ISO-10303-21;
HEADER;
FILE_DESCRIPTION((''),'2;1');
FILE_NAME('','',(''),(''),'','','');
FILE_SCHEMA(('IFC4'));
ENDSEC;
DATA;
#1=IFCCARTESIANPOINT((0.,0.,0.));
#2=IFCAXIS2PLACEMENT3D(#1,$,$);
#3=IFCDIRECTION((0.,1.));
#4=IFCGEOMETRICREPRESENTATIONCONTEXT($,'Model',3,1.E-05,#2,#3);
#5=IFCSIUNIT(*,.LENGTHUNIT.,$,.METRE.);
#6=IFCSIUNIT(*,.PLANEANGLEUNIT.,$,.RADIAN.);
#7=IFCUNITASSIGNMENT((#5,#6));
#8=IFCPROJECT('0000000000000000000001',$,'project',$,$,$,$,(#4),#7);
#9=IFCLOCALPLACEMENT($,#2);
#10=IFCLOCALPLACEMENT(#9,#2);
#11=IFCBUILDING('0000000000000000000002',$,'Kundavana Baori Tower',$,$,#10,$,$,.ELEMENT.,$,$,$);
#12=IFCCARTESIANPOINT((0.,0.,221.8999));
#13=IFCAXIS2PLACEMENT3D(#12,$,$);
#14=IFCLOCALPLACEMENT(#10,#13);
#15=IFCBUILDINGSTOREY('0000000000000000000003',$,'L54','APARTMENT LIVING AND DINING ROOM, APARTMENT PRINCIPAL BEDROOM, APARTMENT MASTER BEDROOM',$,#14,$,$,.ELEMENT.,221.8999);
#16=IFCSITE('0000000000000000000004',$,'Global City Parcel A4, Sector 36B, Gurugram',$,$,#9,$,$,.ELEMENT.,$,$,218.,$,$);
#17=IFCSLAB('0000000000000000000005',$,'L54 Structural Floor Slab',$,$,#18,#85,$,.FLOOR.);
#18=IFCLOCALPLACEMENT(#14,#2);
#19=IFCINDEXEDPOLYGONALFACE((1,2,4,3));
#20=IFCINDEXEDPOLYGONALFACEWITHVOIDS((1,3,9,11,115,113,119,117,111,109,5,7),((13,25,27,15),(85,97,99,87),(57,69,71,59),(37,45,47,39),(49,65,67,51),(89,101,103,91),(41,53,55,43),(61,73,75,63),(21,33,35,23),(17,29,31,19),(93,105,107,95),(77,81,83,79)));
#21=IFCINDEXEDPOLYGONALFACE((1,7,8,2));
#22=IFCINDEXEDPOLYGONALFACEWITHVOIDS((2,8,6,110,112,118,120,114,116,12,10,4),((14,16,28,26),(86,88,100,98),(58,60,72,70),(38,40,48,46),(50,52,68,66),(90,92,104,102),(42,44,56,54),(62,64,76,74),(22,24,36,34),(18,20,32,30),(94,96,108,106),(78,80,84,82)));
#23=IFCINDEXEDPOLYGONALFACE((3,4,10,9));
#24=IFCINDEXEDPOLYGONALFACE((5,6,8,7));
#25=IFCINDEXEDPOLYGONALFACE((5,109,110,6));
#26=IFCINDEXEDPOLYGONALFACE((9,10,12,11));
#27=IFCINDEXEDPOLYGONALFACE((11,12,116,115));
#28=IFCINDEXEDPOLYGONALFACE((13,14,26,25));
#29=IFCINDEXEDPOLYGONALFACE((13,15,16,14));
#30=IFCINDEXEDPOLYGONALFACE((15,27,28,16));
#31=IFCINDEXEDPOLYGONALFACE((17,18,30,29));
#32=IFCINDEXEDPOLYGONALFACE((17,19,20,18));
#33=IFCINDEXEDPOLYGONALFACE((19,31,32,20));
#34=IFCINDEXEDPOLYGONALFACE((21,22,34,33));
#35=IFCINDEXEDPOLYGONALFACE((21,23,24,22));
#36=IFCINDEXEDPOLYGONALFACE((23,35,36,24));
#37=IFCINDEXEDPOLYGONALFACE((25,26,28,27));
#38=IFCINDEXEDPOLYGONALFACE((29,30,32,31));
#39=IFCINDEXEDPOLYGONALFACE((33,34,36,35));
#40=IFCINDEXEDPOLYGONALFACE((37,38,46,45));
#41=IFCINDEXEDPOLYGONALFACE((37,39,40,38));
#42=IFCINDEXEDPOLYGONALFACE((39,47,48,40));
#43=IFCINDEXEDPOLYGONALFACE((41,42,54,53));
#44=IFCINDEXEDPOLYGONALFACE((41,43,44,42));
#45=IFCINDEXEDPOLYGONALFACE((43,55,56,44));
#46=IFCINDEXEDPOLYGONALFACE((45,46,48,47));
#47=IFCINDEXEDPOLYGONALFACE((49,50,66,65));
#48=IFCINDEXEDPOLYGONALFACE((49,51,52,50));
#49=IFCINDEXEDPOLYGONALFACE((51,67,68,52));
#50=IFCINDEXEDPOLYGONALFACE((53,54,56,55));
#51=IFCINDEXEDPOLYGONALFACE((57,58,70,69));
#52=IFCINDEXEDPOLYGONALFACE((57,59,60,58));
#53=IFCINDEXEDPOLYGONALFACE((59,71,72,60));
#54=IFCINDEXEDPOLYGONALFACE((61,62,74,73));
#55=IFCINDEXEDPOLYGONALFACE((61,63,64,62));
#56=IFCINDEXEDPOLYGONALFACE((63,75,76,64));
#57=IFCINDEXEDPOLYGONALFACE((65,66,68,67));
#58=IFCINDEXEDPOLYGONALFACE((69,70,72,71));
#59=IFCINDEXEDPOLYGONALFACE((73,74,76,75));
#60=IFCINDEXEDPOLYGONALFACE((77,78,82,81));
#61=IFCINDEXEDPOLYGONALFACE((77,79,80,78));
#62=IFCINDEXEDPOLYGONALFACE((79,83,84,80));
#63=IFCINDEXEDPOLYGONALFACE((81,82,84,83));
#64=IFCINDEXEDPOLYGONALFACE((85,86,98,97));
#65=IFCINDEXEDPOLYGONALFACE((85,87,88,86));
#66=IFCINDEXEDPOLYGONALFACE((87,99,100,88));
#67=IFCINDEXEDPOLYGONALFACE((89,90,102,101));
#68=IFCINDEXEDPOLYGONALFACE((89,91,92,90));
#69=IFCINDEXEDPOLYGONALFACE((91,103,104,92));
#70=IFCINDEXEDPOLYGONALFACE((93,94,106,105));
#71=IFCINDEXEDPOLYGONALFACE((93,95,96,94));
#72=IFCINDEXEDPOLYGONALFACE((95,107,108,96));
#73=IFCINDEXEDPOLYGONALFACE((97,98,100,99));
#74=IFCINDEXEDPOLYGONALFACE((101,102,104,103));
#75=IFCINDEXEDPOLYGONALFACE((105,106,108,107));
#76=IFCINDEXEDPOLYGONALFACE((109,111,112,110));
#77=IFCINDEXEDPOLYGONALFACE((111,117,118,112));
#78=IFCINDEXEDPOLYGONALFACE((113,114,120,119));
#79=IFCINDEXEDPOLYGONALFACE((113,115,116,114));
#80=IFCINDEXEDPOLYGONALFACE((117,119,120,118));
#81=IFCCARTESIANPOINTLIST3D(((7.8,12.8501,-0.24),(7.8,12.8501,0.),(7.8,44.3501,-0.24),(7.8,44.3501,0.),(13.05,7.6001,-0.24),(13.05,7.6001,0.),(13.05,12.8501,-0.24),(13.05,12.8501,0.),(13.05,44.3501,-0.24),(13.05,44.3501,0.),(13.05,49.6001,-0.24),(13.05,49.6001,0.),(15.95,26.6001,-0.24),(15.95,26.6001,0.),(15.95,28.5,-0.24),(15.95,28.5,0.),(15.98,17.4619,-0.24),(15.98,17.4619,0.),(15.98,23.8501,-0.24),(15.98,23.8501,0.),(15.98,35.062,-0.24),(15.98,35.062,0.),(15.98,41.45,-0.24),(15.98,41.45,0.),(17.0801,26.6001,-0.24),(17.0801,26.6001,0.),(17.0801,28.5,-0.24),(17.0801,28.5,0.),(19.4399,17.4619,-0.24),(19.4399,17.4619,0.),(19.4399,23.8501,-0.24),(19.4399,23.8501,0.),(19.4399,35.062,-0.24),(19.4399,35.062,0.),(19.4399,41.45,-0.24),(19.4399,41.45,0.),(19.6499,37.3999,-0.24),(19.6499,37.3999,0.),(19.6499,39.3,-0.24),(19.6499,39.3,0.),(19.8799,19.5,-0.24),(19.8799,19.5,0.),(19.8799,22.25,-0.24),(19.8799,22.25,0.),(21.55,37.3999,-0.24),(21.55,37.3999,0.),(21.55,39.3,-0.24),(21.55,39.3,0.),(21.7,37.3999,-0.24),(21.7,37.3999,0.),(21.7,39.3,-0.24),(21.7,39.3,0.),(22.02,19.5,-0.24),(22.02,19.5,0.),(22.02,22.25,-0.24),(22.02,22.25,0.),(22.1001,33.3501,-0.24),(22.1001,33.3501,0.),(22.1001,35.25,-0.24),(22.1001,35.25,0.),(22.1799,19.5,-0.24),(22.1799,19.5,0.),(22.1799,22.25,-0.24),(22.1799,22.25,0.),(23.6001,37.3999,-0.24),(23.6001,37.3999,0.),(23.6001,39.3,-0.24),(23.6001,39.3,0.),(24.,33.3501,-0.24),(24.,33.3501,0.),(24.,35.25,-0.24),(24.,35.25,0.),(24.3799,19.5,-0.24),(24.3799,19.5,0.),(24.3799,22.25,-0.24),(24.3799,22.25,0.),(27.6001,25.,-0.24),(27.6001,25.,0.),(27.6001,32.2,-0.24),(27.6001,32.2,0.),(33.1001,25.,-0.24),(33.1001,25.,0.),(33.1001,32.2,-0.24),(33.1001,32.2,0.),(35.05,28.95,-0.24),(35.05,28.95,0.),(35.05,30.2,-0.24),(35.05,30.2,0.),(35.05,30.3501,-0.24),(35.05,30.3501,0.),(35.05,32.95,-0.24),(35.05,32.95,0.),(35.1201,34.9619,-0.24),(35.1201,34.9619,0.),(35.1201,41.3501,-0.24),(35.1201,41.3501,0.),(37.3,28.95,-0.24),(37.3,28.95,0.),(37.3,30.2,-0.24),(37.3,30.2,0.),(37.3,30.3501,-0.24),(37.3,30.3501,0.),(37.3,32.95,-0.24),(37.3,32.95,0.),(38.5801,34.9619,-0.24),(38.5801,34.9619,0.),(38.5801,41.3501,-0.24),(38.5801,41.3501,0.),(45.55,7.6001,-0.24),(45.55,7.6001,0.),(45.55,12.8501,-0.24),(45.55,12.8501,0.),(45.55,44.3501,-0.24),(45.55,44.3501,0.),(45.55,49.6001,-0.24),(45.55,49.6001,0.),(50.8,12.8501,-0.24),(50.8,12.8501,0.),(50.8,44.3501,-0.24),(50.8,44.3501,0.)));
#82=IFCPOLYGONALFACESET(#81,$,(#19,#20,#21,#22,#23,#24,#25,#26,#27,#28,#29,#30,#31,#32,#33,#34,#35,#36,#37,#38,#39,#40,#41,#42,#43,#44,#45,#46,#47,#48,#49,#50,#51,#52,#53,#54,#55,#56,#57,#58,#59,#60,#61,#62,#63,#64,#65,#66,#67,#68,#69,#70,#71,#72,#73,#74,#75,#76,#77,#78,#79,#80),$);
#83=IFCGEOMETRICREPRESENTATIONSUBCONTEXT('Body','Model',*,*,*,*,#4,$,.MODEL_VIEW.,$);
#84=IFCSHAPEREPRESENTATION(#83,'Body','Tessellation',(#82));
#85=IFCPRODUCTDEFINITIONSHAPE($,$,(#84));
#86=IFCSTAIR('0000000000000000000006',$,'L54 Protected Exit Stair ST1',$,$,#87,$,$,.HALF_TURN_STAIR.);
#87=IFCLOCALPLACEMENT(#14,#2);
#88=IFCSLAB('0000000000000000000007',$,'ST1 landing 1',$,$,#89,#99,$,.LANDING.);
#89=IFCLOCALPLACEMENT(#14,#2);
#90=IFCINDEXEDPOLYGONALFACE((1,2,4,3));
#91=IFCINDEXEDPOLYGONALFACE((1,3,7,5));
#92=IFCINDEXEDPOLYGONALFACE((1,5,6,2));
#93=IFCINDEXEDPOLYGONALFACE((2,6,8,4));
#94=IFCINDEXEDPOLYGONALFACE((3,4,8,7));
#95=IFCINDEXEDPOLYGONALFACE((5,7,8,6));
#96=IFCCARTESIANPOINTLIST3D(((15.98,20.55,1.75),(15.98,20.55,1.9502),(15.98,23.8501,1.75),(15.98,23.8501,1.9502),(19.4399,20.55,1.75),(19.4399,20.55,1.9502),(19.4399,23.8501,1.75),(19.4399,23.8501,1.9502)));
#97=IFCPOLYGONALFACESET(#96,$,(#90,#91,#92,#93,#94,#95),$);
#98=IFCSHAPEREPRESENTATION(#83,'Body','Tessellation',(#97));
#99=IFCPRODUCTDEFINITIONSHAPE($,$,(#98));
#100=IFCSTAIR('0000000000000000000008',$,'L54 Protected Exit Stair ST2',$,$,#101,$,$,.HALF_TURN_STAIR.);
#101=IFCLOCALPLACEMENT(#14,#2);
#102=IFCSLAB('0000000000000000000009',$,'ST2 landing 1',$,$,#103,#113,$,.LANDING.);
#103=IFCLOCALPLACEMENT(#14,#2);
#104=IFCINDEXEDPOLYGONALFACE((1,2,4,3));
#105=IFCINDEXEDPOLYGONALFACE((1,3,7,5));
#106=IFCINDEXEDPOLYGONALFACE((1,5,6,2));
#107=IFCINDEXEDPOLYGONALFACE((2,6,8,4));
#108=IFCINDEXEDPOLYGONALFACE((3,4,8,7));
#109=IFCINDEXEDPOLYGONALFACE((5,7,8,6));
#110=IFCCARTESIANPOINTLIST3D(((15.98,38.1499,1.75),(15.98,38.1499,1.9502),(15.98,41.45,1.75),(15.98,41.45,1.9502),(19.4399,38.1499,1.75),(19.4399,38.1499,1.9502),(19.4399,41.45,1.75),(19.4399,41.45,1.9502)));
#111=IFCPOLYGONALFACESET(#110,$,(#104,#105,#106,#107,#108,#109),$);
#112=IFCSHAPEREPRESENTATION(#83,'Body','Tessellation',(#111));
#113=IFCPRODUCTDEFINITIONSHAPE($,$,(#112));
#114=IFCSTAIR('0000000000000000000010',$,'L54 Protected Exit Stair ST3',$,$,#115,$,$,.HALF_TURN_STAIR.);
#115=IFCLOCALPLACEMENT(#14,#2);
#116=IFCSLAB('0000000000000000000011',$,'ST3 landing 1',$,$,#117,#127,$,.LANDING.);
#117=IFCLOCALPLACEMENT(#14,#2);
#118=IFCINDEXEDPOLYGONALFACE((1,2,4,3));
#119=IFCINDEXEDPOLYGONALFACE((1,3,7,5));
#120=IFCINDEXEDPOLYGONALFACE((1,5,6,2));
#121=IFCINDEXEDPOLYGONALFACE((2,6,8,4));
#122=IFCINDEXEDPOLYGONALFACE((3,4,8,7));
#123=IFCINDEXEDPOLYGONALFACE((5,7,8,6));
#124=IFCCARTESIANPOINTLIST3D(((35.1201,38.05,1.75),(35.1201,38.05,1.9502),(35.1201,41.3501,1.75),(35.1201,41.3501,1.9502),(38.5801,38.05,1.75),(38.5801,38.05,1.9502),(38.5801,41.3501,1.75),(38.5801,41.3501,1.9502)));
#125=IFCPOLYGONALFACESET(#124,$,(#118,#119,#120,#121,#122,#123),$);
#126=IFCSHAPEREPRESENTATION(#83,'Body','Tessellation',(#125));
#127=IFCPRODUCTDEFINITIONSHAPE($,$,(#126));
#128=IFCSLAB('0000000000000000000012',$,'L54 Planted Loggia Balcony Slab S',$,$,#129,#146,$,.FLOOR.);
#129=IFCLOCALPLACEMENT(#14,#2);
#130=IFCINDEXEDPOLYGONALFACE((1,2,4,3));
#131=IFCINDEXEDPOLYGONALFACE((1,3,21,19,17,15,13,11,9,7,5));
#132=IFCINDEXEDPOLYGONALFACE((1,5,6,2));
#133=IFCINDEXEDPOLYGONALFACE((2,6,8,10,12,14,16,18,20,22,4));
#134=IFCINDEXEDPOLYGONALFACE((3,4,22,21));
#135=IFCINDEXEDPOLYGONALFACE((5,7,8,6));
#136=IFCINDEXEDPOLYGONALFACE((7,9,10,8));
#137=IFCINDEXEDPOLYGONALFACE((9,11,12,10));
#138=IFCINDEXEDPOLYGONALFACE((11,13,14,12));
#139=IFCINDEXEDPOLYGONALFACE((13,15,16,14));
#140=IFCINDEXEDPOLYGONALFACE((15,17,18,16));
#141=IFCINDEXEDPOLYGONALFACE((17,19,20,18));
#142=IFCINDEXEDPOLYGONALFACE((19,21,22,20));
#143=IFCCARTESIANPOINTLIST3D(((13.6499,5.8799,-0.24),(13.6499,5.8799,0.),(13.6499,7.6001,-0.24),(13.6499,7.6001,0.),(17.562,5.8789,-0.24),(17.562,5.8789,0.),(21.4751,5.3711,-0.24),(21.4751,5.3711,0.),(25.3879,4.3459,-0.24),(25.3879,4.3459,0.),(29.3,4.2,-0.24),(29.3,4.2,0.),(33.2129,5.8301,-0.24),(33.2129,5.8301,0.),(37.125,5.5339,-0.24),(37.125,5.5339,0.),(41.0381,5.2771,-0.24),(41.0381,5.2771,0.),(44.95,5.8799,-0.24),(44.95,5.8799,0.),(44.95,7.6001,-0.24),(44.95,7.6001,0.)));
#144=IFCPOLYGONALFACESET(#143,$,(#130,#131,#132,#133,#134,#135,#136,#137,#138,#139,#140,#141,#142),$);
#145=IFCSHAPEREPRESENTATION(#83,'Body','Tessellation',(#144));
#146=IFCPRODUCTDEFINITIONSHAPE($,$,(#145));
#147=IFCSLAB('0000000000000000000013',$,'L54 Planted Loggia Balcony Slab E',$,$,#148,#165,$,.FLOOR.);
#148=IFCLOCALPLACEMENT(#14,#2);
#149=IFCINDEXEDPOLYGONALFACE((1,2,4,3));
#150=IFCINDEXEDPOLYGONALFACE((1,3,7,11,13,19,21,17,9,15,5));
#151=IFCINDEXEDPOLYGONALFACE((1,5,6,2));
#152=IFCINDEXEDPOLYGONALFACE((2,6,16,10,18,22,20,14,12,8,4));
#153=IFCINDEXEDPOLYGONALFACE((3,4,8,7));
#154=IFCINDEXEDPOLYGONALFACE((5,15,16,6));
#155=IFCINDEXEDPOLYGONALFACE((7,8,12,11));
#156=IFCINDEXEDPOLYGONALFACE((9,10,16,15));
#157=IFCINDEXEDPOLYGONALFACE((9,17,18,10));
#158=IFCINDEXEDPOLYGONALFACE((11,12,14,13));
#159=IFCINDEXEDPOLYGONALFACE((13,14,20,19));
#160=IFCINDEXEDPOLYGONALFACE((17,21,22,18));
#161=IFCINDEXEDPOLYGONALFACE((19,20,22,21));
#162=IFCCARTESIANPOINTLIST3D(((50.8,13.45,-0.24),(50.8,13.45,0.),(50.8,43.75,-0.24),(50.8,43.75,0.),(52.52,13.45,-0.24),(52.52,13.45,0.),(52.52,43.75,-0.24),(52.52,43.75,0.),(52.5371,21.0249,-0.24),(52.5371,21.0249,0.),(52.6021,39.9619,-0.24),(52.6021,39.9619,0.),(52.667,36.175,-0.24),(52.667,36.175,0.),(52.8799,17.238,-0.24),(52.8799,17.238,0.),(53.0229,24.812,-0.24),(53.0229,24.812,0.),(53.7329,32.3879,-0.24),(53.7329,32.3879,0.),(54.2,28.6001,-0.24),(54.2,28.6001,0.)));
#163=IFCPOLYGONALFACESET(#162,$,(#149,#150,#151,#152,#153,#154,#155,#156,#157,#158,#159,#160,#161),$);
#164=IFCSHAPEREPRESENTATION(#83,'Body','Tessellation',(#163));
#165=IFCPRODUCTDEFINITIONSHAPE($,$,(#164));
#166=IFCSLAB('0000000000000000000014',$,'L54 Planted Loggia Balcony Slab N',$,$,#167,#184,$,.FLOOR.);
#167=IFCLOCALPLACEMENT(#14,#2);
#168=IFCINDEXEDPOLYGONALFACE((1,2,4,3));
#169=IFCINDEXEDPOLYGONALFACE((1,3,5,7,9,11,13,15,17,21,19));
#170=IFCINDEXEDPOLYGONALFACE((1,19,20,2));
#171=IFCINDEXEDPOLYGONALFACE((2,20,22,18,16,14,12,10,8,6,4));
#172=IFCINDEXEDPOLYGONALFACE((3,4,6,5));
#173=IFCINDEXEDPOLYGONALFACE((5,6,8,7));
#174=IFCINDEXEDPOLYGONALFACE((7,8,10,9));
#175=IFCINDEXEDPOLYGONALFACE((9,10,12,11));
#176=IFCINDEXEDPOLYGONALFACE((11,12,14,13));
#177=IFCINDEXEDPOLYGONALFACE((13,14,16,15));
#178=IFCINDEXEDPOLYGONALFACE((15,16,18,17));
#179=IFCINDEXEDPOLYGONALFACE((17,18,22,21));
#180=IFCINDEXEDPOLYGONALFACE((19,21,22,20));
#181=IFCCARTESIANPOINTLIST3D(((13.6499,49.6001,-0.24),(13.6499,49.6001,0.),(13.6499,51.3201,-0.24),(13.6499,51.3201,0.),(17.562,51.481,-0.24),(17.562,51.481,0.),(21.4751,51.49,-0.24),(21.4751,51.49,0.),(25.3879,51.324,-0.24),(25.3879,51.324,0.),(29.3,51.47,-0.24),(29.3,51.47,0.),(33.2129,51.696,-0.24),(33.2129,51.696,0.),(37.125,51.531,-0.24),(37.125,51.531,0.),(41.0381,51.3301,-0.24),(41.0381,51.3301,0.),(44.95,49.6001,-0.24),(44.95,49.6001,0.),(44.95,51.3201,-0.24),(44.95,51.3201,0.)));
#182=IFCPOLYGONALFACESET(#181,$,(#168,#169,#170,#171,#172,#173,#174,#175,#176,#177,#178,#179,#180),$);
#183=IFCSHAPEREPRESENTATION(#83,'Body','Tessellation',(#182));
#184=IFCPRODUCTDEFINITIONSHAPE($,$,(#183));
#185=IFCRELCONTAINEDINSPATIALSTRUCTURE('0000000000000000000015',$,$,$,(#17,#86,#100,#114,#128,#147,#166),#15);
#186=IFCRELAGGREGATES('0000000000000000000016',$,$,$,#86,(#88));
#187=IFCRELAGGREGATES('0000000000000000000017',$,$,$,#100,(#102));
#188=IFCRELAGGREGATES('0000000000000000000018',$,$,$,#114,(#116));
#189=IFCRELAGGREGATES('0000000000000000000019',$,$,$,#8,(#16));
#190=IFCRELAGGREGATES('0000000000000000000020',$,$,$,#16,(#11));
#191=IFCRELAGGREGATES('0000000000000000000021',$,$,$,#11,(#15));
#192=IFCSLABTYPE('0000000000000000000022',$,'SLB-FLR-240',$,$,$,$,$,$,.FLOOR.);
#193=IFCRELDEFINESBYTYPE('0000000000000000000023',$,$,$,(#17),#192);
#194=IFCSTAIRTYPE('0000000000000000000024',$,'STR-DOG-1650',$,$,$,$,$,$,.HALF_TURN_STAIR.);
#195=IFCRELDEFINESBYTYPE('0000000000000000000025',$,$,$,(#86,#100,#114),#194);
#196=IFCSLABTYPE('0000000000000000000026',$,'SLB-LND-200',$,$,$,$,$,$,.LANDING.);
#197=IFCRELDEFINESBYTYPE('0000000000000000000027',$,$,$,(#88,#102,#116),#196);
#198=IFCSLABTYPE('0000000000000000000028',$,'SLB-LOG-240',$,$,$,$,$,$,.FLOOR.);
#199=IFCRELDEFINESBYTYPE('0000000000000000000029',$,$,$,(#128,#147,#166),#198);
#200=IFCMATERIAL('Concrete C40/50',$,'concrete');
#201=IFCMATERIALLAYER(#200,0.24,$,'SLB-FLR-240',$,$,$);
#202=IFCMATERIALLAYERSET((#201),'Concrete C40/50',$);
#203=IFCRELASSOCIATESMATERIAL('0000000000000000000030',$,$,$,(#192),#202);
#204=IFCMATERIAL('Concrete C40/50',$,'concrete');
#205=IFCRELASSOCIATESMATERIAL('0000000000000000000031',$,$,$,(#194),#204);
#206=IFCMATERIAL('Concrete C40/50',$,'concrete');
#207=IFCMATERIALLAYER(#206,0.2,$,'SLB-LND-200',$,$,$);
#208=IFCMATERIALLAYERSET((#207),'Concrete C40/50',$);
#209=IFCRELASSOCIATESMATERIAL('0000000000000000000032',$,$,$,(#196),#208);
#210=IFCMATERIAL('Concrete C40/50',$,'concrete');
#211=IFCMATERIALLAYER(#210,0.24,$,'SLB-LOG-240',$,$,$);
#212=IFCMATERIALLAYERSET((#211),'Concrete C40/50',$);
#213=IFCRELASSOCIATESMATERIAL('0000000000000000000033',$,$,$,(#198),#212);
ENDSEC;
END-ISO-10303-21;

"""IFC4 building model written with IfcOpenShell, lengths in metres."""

from ifc_helpers import new_model, si_unit, direction, frame, origin, place, context, subcontext, project, spatial, polyline, outline, extrude, material, layer, layer_set, type_object, element, aggregate, save


model = new_model("IFC4")

# Units and contexts
model_context = context("Model", 3, precision=1e-05, world=origin(), true_north=direction((0.0, 1.0)))
body_context = subcontext(model_context, "Body", "Model", "MODEL_VIEW")
ifc_project = project(units=[si_unit("LENGTHUNIT", "METRE"), si_unit("PLANEANGLEUNIT", "RADIAN")], contexts=[model_context])

# Site, building, storey
site_placement = place(None, origin())
site = spatial("IfcSite", under=ifc_project, at=site_placement, Name="Global City Parcel A4, Sector 36B, Gurugram", CompositionType="ELEMENT", RefElevation=218.0)
building_placement = place(site_placement, origin())
building = spatial("IfcBuilding", under=site, at=building_placement, Name="Kundavana Baori Tower", CompositionType="ELEMENT")
storey_placement = place(building_placement, frame((0.0, 0.0, 221.8999)))
storey = spatial("IfcBuildingStorey", under=building, at=storey_placement, Name="L54", Description="APARTMENT LIVING AND DINING ROOM, APARTMENT PRINCIPAL BEDROOM, APARTMENT MASTER BEDROOM", CompositionType="ELEMENT", Elevation=221.8999)

# Slab
ifc_material_1 = material(Name="Concrete C40/50", Category="concrete")
ifc_layer_1 = layer(ifc_material_1, 0.24, Name="SLB-FLR-240")
ifc_layer_set_1 = layer_set([ifc_layer_1], Name="Concrete C40/50")
slab_type_1 = type_object("IfcSlabType", Name="SLB-FLR-240", PredefinedType="FLOOR", material=ifc_layer_set_1)
slab_1_placement = place(storey_placement, frame((0.0, 0.0, -0.24)))
element("IfcSlab", 1, at=slab_1_placement, inside=storey, type_object=slab_type_1, Name="L54 Structural Floor Slab", PredefinedType="FLOOR", context=body_context, shape_type="SweptSolid", body=[
    extrude(outline(polyline([(13.05, 7.6001), (45.55, 7.6001), (45.55, 12.8501), (50.8, 12.8501), (50.8, 44.3501), (45.55, 44.3501), (45.55, 49.6001), (13.05, 49.6001), (13.05, 44.3501), (7.8, 44.3501), (7.8, 12.8501), (13.05, 12.8501), (13.05, 7.6001)]), holes=[polyline([(19.4399, 17.4619), (19.4399, 23.8501), (15.98, 23.8501), (15.98, 17.4619), (19.4399, 17.4619)]), polyline([(19.4399, 35.062), (19.4399, 41.45), (15.98, 41.45), (15.98, 35.062), (19.4399, 35.062)]), polyline([(38.5801, 34.9619), (38.5801, 41.3501), (35.1201, 41.3501), (35.1201, 34.9619), (38.5801, 34.9619)]), polyline([(19.6499, 37.3999), (21.55, 37.3999), (21.55, 39.3), (19.6499, 39.3), (19.6499, 37.3999)]), polyline([(21.7, 37.3999), (23.6001, 37.3999), (23.6001, 39.3), (21.7, 39.3), (21.7, 37.3999)]), polyline([(22.1001, 33.3501), (24.0, 33.3501), (24.0, 35.25), (22.1001, 35.25), (22.1001, 33.3501)]), polyline([(19.8799, 19.5), (22.02, 19.5), (22.02, 22.25), (19.8799, 22.25), (19.8799, 19.5)]), polyline([(22.1799, 19.5), (24.3799, 19.5), (24.3799, 22.25), (22.1799, 22.25), (22.1799, 19.5)]), polyline([(35.05, 30.3501), (37.3, 30.3501), (37.3, 32.95), (35.05, 32.95), (35.05, 30.3501)]), polyline([(15.95, 26.6001), (17.0801, 26.6001), (17.0801, 28.5), (15.95, 28.5), (15.95, 26.6001)]), polyline([(35.05, 28.95), (37.3, 28.95), (37.3, 30.2), (35.05, 30.2), (35.05, 28.95)]), polyline([(27.6001, 25.0), (33.1001, 25.0), (33.1001, 32.2), (27.6001, 32.2), (27.6001, 25.0)])]), origin(), (0.0, 0.0, 1.0), 0.24),
])

# Stairs, slabs
ifc_material_2 = material(Name="Concrete C40/50", Category="concrete")
stair_type = type_object("IfcStairType", Name="STR-DOG-1650", PredefinedType="HALF_TURN_STAIR", material=ifc_material_2)
stair_1_placement = place(storey_placement, origin())
stair_1 = element("IfcStair", 2, at=stair_1_placement, inside=storey, type_object=stair_type, Name="L54 Protected Exit Stair ST1", PredefinedType="HALF_TURN_STAIR")
ifc_material_3 = material(Name="Concrete C40/50", Category="concrete")
ifc_layer_2 = layer(ifc_material_3, 0.2, Name="SLB-LND-200")
ifc_layer_set_2 = layer_set([ifc_layer_2], Name="Concrete C40/50")
slab_type_2 = type_object("IfcSlabType", Name="SLB-LND-200", PredefinedType="LANDING", material=ifc_layer_set_2)
slab_2_placement = place(storey_placement, frame((0.0, 0.0, 1.75)))
slab_2 = element("IfcSlab", 3, at=slab_2_placement, type_object=slab_type_2, Name="ST1 landing 1", PredefinedType="LANDING", context=body_context, shape_type="SweptSolid", body=[
    extrude(outline(polyline([(19.4399, 20.55), (19.4399, 23.8501), (15.98, 23.8501), (15.98, 20.55), (19.4399, 20.55)])), origin(), (0.0, 0.0, 1.0), 0.2002),
])
aggregate(stair_1, [slab_2])
stair_2_placement = place(storey_placement, origin())
stair_2 = element("IfcStair", 4, at=stair_2_placement, inside=storey, type_object=stair_type, Name="L54 Protected Exit Stair ST2", PredefinedType="HALF_TURN_STAIR")
slab_3_placement = place(storey_placement, frame((0.0, 0.0, 1.75)))
slab_3 = element("IfcSlab", 5, at=slab_3_placement, type_object=slab_type_2, Name="ST2 landing 1", PredefinedType="LANDING", context=body_context, shape_type="SweptSolid", body=[
    extrude(outline(polyline([(19.4399, 38.1499), (19.4399, 41.45), (15.98, 41.45), (15.98, 38.1499), (19.4399, 38.1499)])), origin(), (0.0, 0.0, 1.0), 0.2002),
])
aggregate(stair_2, [slab_3])
stair_3_placement = place(storey_placement, origin())
stair_3 = element("IfcStair", 6, at=stair_3_placement, inside=storey, type_object=stair_type, Name="L54 Protected Exit Stair ST3", PredefinedType="HALF_TURN_STAIR")
slab_4_placement = place(storey_placement, frame((0.0, 0.0, 1.75)))
slab_4 = element("IfcSlab", 7, at=slab_4_placement, type_object=slab_type_2, Name="ST3 landing 1", PredefinedType="LANDING", context=body_context, shape_type="SweptSolid", body=[
    extrude(outline(polyline([(38.5801, 38.05), (38.5801, 41.3501), (35.1201, 41.3501), (35.1201, 38.05), (38.5801, 38.05)])), origin(), (0.0, 0.0, 1.0), 0.2002),
])
aggregate(stair_3, [slab_4])

# Slabs
ifc_material_4 = material(Name="Concrete C40/50", Category="concrete")
ifc_layer_3 = layer(ifc_material_4, 0.24, Name="SLB-LOG-240")
ifc_layer_set_3 = layer_set([ifc_layer_3], Name="Concrete C40/50")
slab_type_3 = type_object("IfcSlabType", Name="SLB-LOG-240", PredefinedType="FLOOR", material=ifc_layer_set_3)
slab_5_placement = place(storey_placement, frame((0.0, 0.0, -0.24)))
element("IfcSlab", 8, at=slab_5_placement, inside=storey, type_object=slab_type_3, Name="L54 Planted Loggia Balcony Slab S", PredefinedType="FLOOR", context=body_context, shape_type="SweptSolid", body=[
    extrude(outline(polyline([(13.6499, 7.6001), (44.95, 7.6001), (44.95, 5.8799), (41.0381, 5.2771), (37.125, 5.5339), (33.2129, 5.8301), (29.3, 4.2), (25.3879, 4.3459), (21.4751, 5.3711), (17.562, 5.8789), (13.6499, 5.8799), (13.6499, 7.6001)])), origin(), (0.0, 0.0, 1.0), 0.24),
])
slab_6_placement = place(storey_placement, frame((0.0, 0.0, -0.24)))
element("IfcSlab", 9, at=slab_6_placement, inside=storey, type_object=slab_type_3, Name="L54 Planted Loggia Balcony Slab E", PredefinedType="FLOOR", context=body_context, shape_type="SweptSolid", body=[
    extrude(outline(polyline([(50.8, 13.45), (50.8, 43.75), (52.52, 43.75), (52.6021, 39.9619), (52.667, 36.175), (53.7329, 32.3879), (54.2, 28.6001), (53.0229, 24.812), (52.5371, 21.0249), (52.8799, 17.238), (52.52, 13.45), (50.8, 13.45)])), origin(), (0.0, 0.0, 1.0), 0.24),
])
slab_7_placement = place(storey_placement, frame((0.0, 0.0, -0.24)))
element("IfcSlab", 10, at=slab_7_placement, inside=storey, type_object=slab_type_3, Name="L54 Planted Loggia Balcony Slab N", PredefinedType="FLOOR", context=body_context, shape_type="SweptSolid", body=[
    extrude(outline(polyline([(44.95, 49.6001), (13.6499, 49.6001), (13.6499, 51.3201), (17.562, 51.481), (21.4751, 51.49), (25.3879, 51.324), (29.3, 51.47), (33.2129, 51.696), (37.125, 51.531), (41.0381, 51.3301), (44.95, 51.3201), (44.95, 49.6001)])), origin(), (0.0, 0.0, 1.0), 0.24),
])

save(model, "model.ifc")
